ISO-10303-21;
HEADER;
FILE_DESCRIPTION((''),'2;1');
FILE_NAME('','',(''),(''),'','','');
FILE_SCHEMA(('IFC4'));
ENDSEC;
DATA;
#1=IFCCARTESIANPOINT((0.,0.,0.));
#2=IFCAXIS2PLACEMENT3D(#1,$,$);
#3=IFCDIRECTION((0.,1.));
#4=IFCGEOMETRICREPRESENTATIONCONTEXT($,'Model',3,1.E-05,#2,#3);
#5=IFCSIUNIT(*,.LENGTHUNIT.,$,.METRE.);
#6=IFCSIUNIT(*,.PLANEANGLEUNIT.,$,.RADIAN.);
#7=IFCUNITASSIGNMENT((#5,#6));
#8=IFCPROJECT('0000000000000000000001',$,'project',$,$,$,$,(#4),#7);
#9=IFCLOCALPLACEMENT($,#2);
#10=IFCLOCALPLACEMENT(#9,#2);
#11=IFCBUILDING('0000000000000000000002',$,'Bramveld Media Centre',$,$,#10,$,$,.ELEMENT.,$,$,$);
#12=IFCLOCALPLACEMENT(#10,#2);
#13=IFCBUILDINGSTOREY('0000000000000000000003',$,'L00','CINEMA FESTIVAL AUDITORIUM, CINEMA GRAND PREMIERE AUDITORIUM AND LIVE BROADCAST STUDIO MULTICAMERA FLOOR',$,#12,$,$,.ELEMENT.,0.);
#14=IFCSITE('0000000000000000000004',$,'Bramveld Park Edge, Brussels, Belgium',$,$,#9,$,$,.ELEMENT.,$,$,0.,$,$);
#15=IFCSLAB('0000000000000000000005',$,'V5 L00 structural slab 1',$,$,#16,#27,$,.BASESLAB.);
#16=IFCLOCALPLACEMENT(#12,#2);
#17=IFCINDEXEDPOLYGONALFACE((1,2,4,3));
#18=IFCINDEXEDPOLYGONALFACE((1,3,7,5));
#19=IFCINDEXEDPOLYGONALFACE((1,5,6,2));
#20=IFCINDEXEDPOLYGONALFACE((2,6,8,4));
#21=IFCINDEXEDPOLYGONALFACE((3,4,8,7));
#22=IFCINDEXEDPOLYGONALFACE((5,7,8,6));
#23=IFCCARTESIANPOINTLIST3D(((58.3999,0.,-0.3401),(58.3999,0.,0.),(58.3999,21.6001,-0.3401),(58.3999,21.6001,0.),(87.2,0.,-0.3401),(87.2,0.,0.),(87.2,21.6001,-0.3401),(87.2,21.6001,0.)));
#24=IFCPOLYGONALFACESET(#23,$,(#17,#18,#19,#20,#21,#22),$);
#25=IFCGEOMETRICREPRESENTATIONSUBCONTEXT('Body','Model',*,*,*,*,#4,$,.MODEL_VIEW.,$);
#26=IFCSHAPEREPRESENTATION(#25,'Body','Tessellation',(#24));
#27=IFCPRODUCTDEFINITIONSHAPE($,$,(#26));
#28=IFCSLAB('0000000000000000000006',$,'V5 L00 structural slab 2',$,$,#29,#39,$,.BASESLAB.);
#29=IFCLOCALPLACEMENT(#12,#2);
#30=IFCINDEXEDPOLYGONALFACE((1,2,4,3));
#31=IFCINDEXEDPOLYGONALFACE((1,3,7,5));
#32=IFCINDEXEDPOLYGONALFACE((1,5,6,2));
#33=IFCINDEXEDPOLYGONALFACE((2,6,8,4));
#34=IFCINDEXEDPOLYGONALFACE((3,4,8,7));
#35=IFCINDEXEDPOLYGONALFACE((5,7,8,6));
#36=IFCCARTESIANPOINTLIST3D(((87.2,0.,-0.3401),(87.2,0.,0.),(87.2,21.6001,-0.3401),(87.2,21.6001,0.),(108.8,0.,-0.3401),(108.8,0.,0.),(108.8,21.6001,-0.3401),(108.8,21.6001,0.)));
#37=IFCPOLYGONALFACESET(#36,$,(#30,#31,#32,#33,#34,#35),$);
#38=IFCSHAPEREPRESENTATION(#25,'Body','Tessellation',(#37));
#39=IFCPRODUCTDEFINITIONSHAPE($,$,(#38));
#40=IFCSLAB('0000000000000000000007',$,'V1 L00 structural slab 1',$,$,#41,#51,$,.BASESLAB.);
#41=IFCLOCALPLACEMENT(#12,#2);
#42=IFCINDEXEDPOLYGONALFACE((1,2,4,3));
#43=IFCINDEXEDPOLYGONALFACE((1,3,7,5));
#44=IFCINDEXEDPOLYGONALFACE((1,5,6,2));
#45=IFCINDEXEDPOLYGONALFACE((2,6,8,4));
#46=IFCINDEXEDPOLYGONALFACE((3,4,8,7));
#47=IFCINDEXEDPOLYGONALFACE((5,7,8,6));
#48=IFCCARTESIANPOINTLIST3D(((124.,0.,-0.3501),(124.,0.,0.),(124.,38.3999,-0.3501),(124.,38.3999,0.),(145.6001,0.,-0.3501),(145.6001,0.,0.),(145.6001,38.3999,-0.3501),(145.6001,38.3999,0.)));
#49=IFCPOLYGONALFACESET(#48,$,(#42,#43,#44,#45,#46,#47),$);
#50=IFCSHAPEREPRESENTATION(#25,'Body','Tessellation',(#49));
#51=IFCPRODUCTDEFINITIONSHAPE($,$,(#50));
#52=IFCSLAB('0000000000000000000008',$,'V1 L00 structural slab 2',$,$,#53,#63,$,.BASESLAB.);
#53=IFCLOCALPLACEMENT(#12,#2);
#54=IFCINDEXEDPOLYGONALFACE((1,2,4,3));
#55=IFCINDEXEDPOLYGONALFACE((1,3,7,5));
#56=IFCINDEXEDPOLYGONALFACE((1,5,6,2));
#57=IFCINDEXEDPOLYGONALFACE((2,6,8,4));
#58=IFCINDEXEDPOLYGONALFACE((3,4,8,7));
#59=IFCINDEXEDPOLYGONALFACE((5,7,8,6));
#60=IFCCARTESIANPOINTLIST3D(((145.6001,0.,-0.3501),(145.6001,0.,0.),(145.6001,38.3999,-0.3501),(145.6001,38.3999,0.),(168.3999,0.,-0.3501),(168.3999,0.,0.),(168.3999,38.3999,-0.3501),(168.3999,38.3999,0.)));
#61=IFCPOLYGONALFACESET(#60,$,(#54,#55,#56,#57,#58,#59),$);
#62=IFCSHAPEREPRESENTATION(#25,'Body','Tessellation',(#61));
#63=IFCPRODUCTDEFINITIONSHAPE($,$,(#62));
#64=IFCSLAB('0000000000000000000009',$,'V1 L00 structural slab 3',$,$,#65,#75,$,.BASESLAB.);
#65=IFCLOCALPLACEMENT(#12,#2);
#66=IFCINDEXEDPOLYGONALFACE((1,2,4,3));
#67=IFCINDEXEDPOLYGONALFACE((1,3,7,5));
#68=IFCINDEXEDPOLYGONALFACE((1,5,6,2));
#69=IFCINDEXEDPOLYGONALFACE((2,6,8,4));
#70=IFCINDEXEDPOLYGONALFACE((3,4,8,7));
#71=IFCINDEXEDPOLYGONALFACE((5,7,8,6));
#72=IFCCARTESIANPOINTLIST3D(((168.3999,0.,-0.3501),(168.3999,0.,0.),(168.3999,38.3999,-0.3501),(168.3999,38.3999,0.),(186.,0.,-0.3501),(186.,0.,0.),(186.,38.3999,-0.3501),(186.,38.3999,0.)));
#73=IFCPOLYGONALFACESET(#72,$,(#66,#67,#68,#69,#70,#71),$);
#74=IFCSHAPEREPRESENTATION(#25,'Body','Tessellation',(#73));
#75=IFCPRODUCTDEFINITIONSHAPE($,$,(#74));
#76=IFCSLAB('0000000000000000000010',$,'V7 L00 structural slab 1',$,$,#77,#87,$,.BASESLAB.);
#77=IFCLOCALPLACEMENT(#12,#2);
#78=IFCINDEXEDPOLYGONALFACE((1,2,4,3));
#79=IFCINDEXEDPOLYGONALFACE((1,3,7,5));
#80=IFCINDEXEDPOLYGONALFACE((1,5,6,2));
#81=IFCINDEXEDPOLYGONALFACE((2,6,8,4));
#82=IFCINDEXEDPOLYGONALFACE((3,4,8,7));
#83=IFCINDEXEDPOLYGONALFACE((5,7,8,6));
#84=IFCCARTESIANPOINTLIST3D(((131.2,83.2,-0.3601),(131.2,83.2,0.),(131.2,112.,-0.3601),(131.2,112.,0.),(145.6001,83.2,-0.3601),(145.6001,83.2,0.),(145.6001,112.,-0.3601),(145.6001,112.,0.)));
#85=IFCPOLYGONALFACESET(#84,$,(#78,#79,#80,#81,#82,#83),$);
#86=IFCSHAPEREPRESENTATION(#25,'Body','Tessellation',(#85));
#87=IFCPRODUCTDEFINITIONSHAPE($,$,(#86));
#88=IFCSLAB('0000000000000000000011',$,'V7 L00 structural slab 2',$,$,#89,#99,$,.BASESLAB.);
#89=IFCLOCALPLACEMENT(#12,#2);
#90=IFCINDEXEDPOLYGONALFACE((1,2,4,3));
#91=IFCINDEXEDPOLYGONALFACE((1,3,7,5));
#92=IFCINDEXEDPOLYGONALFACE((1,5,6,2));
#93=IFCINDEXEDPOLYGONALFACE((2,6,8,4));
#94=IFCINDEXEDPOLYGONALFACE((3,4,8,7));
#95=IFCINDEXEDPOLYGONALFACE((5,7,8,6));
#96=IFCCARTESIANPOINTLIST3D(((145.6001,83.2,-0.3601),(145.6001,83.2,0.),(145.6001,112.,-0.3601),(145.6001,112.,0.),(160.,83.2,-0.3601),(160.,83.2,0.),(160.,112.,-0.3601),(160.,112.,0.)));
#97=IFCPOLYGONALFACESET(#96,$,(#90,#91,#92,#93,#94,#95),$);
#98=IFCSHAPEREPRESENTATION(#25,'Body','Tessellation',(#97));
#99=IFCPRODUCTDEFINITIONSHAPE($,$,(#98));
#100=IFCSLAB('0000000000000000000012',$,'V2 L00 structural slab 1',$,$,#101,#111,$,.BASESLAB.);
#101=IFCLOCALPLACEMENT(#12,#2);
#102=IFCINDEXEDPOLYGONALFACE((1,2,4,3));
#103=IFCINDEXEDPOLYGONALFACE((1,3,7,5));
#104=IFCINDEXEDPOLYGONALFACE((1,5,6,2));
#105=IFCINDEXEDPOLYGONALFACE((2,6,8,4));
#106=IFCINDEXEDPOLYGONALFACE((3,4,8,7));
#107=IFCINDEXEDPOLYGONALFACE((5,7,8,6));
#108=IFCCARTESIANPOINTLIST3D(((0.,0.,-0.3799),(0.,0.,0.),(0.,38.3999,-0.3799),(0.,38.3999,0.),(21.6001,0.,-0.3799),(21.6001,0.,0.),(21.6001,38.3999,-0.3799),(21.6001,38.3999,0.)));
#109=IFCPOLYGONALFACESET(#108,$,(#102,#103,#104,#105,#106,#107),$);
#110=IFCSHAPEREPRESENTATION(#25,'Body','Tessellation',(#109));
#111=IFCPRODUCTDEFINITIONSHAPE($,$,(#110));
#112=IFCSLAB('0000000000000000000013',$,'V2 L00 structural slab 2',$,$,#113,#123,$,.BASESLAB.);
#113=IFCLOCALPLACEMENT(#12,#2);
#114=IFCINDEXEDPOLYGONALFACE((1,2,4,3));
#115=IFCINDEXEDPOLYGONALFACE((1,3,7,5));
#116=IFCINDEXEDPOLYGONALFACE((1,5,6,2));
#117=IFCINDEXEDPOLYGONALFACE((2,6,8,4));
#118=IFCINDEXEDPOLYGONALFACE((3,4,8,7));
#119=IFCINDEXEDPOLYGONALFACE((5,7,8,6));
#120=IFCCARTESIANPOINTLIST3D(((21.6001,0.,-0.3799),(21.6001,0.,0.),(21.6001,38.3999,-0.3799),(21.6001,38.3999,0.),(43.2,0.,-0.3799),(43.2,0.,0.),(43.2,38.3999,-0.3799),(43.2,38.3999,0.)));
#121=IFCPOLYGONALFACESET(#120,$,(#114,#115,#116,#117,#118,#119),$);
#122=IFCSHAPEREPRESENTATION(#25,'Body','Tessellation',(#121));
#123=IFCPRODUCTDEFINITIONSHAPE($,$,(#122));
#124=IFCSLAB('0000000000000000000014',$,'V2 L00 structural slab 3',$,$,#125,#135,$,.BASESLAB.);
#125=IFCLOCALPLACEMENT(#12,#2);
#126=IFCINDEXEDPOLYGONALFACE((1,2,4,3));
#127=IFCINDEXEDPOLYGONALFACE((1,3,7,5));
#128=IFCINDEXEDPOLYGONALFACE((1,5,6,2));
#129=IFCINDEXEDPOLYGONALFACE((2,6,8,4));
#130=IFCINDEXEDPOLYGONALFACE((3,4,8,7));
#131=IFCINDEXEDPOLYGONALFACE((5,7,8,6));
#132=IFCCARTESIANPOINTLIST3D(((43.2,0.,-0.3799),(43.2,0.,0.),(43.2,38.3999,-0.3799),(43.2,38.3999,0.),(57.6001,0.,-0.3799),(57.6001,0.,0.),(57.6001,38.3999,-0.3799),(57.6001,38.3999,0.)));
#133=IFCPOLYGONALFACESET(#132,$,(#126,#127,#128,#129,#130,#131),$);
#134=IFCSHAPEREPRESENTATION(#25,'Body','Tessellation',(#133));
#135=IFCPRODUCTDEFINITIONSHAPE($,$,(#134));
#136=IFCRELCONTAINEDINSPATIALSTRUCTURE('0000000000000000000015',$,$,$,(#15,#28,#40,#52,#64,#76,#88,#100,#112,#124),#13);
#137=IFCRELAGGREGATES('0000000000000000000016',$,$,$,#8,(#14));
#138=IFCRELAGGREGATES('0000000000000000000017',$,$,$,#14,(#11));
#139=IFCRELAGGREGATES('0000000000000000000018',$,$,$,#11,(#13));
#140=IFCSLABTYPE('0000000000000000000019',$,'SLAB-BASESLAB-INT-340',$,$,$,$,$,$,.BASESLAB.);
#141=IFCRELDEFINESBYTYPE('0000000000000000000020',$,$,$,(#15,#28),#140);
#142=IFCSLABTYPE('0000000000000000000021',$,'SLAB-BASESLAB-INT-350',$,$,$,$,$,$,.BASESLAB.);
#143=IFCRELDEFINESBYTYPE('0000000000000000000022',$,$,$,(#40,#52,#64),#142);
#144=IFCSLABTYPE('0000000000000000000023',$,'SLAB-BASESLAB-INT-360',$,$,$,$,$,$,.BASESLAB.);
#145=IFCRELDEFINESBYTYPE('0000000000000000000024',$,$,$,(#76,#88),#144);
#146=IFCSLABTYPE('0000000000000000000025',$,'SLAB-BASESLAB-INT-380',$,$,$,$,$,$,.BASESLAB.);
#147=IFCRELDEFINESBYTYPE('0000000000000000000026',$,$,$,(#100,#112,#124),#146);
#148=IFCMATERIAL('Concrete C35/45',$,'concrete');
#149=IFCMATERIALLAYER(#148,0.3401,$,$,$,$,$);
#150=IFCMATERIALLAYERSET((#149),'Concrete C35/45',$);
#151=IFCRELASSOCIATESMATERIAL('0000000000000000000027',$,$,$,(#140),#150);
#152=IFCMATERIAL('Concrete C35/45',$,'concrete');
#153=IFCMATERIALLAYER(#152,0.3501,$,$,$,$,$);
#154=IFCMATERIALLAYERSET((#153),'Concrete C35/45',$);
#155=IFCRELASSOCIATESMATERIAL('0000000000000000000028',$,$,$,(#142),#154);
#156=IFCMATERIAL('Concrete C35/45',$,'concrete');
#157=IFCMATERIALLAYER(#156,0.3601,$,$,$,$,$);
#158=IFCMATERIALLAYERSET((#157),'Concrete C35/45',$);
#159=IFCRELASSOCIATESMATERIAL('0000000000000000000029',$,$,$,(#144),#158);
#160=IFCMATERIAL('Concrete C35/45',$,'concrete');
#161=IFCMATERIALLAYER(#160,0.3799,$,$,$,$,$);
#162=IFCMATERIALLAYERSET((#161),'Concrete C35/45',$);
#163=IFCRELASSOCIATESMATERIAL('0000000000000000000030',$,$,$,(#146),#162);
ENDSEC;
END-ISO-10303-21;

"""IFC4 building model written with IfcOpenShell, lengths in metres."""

from ifc_helpers import new_model, si_unit, direction, frame, origin, place, context, subcontext, project, spatial, polyline, outline, extrude, material, layer, layer_set, type_object, element, save


model = new_model("IFC4")

# Units and contexts
model_context = context("Model", 3, precision=1e-05, world=origin(), true_north=direction((0.0, 1.0)))
body_context = subcontext(model_context, "Body", "Model", "MODEL_VIEW")
ifc_project = project(units=[si_unit("LENGTHUNIT", "METRE"), si_unit("PLANEANGLEUNIT", "RADIAN")], contexts=[model_context])

# Site, building, storey
site_placement = place(None, origin())
site = spatial("IfcSite", under=ifc_project, at=site_placement, Name="Bramveld Park Edge, Brussels, Belgium", CompositionType="ELEMENT", RefElevation=0.0)
building_placement = place(site_placement, origin())
building = spatial("IfcBuilding", under=site, at=building_placement, Name="Bramveld Media Centre", CompositionType="ELEMENT")
storey_placement = place(building_placement, origin())
storey = spatial("IfcBuildingStorey", under=building, at=storey_placement, Name="L00", Description="CINEMA FESTIVAL AUDITORIUM, CINEMA GRAND PREMIERE AUDITORIUM AND LIVE BROADCAST STUDIO MULTICAMERA FLOOR", CompositionType="ELEMENT", Elevation=0.0)

# Slabs
ifc_material_1 = material(Name="Concrete C35/45", Category="concrete")
ifc_layer_1 = layer(ifc_material_1, 0.3401)
ifc_layer_set_1 = layer_set([ifc_layer_1], Name="Concrete C35/45")
slab_type_1 = type_object("IfcSlabType", Name="SLAB-BASESLAB-INT-340", PredefinedType="BASESLAB", material=ifc_layer_set_1)
slab_1_placement = place(storey_placement, frame((0.0, 0.0, -0.3401)))
element("IfcSlab", 1, at=slab_1_placement, inside=storey, type_object=slab_type_1, Name="V5 L00 structural slab 1", PredefinedType="BASESLAB", context=body_context, shape_type="SweptSolid", body=[
    extrude(outline(polyline([(58.3999, 0.0), (58.3999, 21.6001), (87.2, 21.6001), (87.2, 0.0), (58.3999, 0.0)])), origin(), (0.0, 0.0, 1.0), 0.3401),
])
slab_2_placement = place(storey_placement, frame((0.0, 0.0, -0.3401)))
element("IfcSlab", 2, at=slab_2_placement, inside=storey, type_object=slab_type_1, Name="V5 L00 structural slab 2", PredefinedType="BASESLAB", context=body_context, shape_type="SweptSolid", body=[
    extrude(outline(polyline([(108.8, 21.6001), (108.8, 0.0), (87.2, 0.0), (87.2, 21.6001), (108.8, 21.6001)])), origin(), (0.0, 0.0, 1.0), 0.3401),
])
ifc_material_2 = material(Name="Concrete C35/45", Category="concrete")
ifc_layer_2 = layer(ifc_material_2, 0.3501)
ifc_layer_set_2 = layer_set([ifc_layer_2], Name="Concrete C35/45")
slab_type_2 = type_object("IfcSlabType", Name="SLAB-BASESLAB-INT-350", PredefinedType="BASESLAB", material=ifc_layer_set_2)
slab_3_placement = place(storey_placement, frame((0.0, 0.0, -0.3501)))
element("IfcSlab", 3, at=slab_3_placement, inside=storey, type_object=slab_type_2, Name="V1 L00 structural slab 1", PredefinedType="BASESLAB", context=body_context, shape_type="SweptSolid", body=[
    extrude(outline(polyline([(124.0, 0.0), (124.0, 38.3999), (145.6001, 38.3999), (145.6001, 0.0), (124.0, 0.0)])), origin(), (0.0, 0.0, 1.0), 0.3501),
])
slab_4_placement = place(storey_placement, frame((0.0, 0.0, -0.3501)))
element("IfcSlab", 4, at=slab_4_placement, inside=storey, type_object=slab_type_2, Name="V1 L00 structural slab 2", PredefinedType="BASESLAB", context=body_context, shape_type="SweptSolid", body=[
    extrude(outline(polyline([(168.3999, 38.3999), (168.3999, 0.0), (145.6001, 0.0), (145.6001, 38.3999), (168.3999, 38.3999)])), origin(), (0.0, 0.0, 1.0), 0.3501),
])
slab_5_placement = place(storey_placement, frame((0.0, 0.0, -0.3501)))
element("IfcSlab", 5, at=slab_5_placement, inside=storey, type_object=slab_type_2, Name="V1 L00 structural slab 3", PredefinedType="BASESLAB", context=body_context, shape_type="SweptSolid", body=[
    extrude(outline(polyline([(186.0, 38.3999), (186.0, 0.0), (168.3999, 0.0), (168.3999, 38.3999), (186.0, 38.3999)])), origin(), (0.0, 0.0, 1.0), 0.3501),
])
ifc_material_3 = material(Name="Concrete C35/45", Category="concrete")
ifc_layer_3 = layer(ifc_material_3, 0.3601)
ifc_layer_set_3 = layer_set([ifc_layer_3], Name="Concrete C35/45")
slab_type_3 = type_object("IfcSlabType", Name="SLAB-BASESLAB-INT-360", PredefinedType="BASESLAB", material=ifc_layer_set_3)
slab_6_placement = place(storey_placement, frame((0.0, 0.0, -0.3601)))
element("IfcSlab", 6, at=slab_6_placement, inside=storey, type_object=slab_type_3, Name="V7 L00 structural slab 1", PredefinedType="BASESLAB", context=body_context, shape_type="SweptSolid", body=[
    extrude(outline(polyline([(131.2, 83.2), (131.2, 112.0), (145.6001, 112.0), (145.6001, 83.2), (131.2, 83.2)])), origin(), (0.0, 0.0, 1.0), 0.3601),
])
slab_7_placement = place(storey_placement, frame((0.0, 0.0, -0.3601)))
element("IfcSlab", 7, at=slab_7_placement, inside=storey, type_object=slab_type_3, Name="V7 L00 structural slab 2", PredefinedType="BASESLAB", context=body_context, shape_type="SweptSolid", body=[
    extrude(outline(polyline([(160.0, 112.0), (160.0, 83.2), (145.6001, 83.2), (145.6001, 112.0), (160.0, 112.0)])), origin(), (0.0, 0.0, 1.0), 0.3601),
])
ifc_material_4 = material(Name="Concrete C35/45", Category="concrete")
ifc_layer_4 = layer(ifc_material_4, 0.3799)
ifc_layer_set_4 = layer_set([ifc_layer_4], Name="Concrete C35/45")
slab_type_4 = type_object("IfcSlabType", Name="SLAB-BASESLAB-INT-380", PredefinedType="BASESLAB", material=ifc_layer_set_4)
slab_8_placement = place(storey_placement, frame((0.0, 0.0, -0.3799)))
element("IfcSlab", 8, at=slab_8_placement, inside=storey, type_object=slab_type_4, Name="V2 L00 structural slab 1", PredefinedType="BASESLAB", context=body_context, shape_type="SweptSolid", body=[
    extrude(outline(polyline([(0.0, 0.0), (0.0, 38.3999), (21.6001, 38.3999), (21.6001, 0.0), (0.0, 0.0)])), origin(), (0.0, 0.0, 1.0), 0.3799),
])
slab_9_placement = place(storey_placement, frame((0.0, 0.0, -0.3799)))
element("IfcSlab", 9, at=slab_9_placement, inside=storey, type_object=slab_type_4, Name="V2 L00 structural slab 2", PredefinedType="BASESLAB", context=body_context, shape_type="SweptSolid", body=[
    extrude(outline(polyline([(43.2, 38.3999), (43.2, 0.0), (21.6001, 0.0), (21.6001, 38.3999), (43.2, 38.3999)])), origin(), (0.0, 0.0, 1.0), 0.3799),
])
slab_10_placement = place(storey_placement, frame((0.0, 0.0, -0.3799)))
element("IfcSlab", 10, at=slab_10_placement, inside=storey, type_object=slab_type_4, Name="V2 L00 structural slab 3", PredefinedType="BASESLAB", context=body_context, shape_type="SweptSolid", body=[
    extrude(outline(polyline([(57.6001, 38.3999), (57.6001, 0.0), (43.2, 0.0), (43.2, 38.3999), (57.6001, 38.3999)])), origin(), (0.0, 0.0, 1.0), 0.3799),
])

save(model, "model.ifc")
